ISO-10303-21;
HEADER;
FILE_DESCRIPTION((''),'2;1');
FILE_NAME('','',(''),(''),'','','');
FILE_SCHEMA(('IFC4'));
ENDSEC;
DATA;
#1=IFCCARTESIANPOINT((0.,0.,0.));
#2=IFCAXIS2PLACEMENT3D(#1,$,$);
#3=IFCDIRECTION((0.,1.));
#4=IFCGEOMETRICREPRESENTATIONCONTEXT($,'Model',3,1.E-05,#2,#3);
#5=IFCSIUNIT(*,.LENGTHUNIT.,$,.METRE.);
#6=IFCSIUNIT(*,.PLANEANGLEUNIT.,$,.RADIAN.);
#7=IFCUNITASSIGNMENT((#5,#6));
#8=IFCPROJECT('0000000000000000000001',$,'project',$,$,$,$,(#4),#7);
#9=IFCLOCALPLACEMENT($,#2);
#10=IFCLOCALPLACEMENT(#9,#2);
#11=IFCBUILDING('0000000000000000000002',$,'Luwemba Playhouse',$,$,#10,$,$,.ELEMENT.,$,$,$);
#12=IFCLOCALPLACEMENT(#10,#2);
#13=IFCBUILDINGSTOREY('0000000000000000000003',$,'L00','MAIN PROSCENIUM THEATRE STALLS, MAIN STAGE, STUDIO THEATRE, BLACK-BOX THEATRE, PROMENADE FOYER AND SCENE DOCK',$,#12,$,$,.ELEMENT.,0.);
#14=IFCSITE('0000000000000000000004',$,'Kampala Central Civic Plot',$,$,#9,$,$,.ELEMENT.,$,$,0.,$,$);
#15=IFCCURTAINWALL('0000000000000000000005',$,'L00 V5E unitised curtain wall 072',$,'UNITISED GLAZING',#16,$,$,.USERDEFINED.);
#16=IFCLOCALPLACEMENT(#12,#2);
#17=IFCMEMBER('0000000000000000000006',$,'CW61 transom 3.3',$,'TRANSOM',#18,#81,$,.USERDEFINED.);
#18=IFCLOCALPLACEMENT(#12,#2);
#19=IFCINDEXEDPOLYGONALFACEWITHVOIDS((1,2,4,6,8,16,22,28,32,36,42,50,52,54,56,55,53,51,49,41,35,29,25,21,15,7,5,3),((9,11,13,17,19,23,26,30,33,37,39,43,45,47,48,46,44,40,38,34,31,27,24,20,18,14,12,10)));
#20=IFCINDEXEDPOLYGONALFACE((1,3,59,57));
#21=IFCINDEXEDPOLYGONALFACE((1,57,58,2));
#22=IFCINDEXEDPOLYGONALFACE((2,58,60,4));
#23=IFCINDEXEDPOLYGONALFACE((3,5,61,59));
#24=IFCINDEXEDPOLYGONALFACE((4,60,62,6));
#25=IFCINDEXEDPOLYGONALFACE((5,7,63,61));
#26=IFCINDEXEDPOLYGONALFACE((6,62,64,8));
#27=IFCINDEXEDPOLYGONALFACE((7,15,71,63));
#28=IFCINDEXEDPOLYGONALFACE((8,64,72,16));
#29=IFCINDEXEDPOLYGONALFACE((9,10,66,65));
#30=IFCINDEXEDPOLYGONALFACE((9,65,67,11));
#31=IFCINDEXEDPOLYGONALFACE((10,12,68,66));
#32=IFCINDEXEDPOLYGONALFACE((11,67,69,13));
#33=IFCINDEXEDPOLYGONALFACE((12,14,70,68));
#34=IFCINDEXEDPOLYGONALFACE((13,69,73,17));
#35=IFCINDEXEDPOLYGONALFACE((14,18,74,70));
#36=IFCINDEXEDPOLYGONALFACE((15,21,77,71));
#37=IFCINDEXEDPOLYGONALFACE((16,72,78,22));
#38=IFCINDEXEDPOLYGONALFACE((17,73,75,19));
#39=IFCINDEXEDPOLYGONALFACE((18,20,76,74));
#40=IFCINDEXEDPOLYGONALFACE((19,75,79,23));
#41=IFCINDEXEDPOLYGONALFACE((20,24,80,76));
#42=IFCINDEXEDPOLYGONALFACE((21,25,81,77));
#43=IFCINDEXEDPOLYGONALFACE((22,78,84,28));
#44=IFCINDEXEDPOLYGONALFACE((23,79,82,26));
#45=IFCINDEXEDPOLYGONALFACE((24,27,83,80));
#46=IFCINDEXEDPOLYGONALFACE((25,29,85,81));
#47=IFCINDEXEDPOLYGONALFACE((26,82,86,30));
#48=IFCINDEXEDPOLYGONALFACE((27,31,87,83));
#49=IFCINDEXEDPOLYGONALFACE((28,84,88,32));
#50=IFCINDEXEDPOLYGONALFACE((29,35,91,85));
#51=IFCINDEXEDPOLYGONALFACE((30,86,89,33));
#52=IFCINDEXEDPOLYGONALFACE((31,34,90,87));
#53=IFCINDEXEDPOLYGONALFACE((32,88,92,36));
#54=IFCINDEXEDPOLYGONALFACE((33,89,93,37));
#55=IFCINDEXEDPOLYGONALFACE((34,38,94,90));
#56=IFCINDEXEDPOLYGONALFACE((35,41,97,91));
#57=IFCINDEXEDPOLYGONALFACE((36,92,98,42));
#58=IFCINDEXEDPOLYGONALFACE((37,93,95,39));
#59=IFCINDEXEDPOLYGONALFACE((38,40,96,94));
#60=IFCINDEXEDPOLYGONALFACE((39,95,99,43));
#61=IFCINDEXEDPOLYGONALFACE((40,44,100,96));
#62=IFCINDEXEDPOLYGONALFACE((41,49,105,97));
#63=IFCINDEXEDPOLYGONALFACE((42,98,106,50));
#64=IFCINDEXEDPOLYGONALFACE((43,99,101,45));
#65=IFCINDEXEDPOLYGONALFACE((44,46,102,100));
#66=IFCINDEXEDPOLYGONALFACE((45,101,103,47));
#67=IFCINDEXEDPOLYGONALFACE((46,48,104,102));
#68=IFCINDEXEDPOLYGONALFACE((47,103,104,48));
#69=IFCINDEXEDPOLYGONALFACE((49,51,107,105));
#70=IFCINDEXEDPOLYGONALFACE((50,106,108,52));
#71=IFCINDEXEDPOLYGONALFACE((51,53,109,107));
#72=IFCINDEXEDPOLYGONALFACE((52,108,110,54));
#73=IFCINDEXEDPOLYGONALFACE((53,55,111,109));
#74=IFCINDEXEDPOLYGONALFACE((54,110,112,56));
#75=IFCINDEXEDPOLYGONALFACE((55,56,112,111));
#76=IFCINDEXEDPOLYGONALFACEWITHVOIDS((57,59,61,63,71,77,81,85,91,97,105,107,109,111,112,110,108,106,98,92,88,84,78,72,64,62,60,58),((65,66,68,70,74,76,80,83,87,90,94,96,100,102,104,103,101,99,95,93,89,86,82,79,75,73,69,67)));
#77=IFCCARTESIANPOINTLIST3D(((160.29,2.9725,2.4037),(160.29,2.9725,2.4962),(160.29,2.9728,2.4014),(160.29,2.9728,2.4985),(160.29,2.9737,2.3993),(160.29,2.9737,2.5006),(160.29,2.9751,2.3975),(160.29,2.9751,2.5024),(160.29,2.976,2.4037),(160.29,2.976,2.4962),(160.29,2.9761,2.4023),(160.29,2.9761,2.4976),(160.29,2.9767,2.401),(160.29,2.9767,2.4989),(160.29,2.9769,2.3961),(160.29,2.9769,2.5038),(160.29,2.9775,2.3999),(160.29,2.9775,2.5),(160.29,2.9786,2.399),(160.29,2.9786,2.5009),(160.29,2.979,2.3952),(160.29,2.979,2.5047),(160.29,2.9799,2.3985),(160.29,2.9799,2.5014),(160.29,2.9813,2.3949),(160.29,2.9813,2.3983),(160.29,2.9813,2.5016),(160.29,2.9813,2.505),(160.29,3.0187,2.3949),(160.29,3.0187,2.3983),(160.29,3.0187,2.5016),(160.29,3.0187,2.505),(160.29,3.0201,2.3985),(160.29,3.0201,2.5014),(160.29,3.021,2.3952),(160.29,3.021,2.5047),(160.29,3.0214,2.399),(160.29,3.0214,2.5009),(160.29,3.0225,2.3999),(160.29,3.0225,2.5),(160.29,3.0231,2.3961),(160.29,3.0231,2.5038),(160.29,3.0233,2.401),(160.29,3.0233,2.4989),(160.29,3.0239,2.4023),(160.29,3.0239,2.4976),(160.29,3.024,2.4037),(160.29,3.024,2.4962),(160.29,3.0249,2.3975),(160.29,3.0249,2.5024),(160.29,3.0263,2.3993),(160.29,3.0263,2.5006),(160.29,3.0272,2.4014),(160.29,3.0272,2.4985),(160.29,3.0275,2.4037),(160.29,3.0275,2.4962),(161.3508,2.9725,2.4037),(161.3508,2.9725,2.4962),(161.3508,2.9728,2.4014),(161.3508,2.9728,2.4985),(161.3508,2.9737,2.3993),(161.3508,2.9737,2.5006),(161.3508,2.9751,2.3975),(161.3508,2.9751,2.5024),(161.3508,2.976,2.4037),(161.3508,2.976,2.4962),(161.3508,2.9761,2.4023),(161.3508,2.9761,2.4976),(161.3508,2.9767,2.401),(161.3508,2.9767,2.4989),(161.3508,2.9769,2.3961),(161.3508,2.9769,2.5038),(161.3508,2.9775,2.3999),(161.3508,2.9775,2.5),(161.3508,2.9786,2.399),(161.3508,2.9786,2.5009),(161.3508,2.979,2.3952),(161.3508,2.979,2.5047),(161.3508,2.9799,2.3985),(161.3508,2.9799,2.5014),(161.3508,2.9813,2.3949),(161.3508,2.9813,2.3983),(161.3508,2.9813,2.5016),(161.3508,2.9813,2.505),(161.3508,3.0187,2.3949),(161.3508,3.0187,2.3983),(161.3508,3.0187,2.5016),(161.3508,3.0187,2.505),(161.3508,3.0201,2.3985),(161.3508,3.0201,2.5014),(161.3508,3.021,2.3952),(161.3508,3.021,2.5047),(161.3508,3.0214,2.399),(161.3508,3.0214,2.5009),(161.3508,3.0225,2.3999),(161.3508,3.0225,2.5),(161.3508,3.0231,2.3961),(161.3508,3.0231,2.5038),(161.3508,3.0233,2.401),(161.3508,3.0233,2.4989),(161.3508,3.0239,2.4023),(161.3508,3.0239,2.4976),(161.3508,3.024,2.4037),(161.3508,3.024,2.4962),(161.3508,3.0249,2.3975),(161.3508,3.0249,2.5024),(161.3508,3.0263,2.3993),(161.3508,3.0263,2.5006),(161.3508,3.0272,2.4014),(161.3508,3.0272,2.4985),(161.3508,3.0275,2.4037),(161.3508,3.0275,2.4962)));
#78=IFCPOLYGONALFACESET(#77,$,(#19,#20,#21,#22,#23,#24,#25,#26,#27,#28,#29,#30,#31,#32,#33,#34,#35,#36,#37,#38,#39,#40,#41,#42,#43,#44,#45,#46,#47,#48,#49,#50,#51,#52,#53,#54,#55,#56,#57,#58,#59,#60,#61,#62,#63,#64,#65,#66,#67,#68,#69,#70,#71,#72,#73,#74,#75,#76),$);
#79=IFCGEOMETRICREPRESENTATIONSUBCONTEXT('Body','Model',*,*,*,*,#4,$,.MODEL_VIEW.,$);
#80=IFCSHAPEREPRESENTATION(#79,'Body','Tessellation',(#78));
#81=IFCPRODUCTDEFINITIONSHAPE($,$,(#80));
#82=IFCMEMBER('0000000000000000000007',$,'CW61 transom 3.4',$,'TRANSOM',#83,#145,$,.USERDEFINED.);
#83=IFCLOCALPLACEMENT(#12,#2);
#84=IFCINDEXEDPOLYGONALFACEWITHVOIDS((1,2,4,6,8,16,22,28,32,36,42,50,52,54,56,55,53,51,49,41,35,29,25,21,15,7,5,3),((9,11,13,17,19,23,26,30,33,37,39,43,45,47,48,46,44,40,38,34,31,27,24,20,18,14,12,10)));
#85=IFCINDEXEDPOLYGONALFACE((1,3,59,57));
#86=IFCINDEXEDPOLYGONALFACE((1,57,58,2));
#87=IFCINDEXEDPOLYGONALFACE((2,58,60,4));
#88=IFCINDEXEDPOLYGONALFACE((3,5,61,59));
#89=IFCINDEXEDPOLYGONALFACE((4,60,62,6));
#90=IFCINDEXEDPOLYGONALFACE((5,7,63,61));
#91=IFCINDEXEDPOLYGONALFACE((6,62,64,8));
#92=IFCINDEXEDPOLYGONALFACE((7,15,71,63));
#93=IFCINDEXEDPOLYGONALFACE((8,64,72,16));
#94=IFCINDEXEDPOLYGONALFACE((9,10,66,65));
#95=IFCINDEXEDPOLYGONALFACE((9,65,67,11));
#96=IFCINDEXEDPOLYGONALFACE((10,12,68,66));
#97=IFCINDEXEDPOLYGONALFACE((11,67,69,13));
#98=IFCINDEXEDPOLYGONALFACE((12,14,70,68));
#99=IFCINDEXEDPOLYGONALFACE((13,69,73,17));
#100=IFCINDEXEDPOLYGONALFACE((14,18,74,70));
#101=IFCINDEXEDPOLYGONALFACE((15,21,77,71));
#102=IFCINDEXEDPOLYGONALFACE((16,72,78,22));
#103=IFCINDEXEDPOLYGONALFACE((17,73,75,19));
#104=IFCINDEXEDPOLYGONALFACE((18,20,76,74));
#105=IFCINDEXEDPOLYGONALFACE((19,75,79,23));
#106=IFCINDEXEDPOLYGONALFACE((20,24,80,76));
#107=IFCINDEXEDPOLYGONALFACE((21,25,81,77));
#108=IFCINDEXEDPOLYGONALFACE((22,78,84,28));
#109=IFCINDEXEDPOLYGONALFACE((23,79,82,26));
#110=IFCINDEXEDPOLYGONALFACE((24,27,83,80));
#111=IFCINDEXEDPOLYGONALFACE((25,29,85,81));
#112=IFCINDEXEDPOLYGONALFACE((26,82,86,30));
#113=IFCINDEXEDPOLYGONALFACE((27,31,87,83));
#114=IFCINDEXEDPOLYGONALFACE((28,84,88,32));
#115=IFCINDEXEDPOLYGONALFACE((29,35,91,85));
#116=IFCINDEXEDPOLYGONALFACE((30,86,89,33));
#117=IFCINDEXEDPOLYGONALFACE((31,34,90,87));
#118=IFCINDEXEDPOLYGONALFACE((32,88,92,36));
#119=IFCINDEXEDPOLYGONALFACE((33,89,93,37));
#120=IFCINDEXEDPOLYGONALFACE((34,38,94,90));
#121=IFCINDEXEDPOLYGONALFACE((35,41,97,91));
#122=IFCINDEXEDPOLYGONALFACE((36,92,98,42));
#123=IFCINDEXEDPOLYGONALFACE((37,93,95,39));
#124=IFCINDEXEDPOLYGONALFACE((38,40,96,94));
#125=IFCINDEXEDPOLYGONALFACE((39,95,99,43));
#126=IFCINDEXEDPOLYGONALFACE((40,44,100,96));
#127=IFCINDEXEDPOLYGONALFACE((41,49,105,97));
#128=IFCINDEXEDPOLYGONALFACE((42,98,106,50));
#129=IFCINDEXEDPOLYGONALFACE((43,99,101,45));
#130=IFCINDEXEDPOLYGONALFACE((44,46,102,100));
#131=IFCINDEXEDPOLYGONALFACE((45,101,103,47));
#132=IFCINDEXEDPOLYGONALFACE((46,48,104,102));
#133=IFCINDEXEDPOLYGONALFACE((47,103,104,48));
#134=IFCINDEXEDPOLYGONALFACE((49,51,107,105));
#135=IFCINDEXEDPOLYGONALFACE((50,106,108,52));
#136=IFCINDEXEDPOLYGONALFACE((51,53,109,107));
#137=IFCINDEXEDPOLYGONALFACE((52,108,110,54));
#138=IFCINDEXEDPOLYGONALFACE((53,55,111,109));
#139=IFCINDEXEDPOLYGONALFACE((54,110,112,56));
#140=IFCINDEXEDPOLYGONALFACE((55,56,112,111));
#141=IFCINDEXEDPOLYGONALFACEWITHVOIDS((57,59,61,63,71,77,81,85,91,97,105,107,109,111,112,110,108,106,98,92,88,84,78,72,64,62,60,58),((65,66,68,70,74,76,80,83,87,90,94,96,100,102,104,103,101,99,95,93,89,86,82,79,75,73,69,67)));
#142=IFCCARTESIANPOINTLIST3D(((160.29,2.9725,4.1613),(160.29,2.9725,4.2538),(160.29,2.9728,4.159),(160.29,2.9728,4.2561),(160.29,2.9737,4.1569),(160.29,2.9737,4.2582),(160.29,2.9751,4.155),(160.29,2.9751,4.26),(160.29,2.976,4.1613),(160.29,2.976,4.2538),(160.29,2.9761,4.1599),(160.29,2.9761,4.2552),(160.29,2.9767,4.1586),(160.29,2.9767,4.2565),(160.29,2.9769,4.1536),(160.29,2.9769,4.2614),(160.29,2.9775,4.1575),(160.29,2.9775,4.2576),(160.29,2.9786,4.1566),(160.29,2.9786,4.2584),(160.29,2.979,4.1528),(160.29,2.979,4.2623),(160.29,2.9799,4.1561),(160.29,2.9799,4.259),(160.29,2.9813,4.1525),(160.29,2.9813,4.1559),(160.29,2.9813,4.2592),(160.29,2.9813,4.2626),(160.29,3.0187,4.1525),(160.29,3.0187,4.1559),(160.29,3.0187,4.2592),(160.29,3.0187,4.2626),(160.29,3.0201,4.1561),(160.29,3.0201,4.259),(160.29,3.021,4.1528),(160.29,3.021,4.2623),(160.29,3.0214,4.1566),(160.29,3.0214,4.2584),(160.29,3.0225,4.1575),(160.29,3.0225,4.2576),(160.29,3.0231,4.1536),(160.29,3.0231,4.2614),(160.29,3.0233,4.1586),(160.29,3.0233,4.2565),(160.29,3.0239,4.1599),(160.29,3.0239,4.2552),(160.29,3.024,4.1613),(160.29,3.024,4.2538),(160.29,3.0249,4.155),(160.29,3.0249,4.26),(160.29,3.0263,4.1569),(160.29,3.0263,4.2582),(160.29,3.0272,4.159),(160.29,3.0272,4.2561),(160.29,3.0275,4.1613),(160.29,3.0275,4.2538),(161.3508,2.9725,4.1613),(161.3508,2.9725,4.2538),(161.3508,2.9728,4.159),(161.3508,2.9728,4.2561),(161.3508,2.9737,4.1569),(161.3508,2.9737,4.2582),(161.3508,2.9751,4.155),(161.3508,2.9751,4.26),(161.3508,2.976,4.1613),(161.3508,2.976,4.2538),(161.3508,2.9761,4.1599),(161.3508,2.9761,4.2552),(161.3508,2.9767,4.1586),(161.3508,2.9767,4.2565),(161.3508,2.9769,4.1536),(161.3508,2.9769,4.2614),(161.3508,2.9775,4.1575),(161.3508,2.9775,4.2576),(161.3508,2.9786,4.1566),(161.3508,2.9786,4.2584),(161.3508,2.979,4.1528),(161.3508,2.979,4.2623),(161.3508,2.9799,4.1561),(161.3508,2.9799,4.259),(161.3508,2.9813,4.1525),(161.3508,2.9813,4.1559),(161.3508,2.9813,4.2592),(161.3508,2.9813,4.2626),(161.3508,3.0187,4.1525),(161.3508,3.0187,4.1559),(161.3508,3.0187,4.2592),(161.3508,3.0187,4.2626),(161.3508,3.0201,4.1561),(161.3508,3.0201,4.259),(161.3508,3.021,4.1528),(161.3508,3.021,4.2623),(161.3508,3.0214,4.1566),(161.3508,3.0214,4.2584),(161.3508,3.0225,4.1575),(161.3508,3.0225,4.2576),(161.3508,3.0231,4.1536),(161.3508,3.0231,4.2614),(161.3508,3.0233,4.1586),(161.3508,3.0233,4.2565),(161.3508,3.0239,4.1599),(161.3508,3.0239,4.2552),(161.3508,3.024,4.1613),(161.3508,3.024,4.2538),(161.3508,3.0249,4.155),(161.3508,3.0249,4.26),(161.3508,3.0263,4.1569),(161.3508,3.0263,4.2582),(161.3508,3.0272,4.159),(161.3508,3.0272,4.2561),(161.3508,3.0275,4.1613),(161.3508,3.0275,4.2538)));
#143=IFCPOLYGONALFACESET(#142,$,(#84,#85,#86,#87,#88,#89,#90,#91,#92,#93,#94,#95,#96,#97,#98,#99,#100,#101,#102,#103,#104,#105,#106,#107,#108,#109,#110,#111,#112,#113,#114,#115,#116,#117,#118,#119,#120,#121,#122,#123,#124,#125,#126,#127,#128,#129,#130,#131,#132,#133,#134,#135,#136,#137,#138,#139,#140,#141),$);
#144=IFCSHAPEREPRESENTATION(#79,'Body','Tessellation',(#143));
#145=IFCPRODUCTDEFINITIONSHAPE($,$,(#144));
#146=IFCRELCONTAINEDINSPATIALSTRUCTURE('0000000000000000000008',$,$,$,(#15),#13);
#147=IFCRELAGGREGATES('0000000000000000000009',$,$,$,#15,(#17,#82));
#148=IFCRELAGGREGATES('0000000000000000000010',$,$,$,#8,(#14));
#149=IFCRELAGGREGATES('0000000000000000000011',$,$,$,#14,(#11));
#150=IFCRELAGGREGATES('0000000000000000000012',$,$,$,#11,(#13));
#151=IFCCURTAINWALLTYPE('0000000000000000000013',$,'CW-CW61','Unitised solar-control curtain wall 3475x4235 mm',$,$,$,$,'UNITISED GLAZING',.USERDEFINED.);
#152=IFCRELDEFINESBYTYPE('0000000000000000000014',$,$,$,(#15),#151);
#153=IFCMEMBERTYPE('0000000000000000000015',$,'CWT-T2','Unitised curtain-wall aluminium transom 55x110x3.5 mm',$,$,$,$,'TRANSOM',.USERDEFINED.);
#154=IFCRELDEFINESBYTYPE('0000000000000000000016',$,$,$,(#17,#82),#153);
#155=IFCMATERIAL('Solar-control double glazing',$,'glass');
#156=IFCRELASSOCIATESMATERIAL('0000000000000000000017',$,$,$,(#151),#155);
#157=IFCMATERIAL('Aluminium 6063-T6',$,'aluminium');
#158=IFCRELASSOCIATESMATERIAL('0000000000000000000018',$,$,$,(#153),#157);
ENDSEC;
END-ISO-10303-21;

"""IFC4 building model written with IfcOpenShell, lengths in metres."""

from ifc_helpers import new_model, si_unit, direction, frame, origin, origin_2d, place, context, subcontext, project, spatial, hollow_rectangle, extrude, material, material_profile, profile_set, type_object, element, aggregate, save


model = new_model("IFC4")

# Units and contexts
model_context = context("Model", 3, precision=1e-05, world=origin(), true_north=direction((0.0, 1.0)))
body_context = subcontext(model_context, "Body", "Model", "MODEL_VIEW")
ifc_project = project(units=[si_unit("LENGTHUNIT", "METRE"), si_unit("PLANEANGLEUNIT", "RADIAN")], contexts=[model_context])

# Site, building, storey
site_placement = place(None, origin())
site = spatial("IfcSite", under=ifc_project, at=site_placement, Name="Kampala Central Civic Plot", CompositionType="ELEMENT", RefElevation=0.0)
building_placement = place(site_placement, origin())
building = spatial("IfcBuilding", under=site, at=building_placement, Name="Luwemba Playhouse", CompositionType="ELEMENT")
storey_placement = place(building_placement, origin())
storey = spatial("IfcBuildingStorey", under=building, at=storey_placement, Name="L00", Description="MAIN PROSCENIUM THEATRE STALLS, MAIN STAGE, STUDIO THEATRE, BLACK-BOX THEATRE, PROMENADE FOYER AND SCENE DOCK", CompositionType="ELEMENT", Elevation=0.0)

# Curtain wall
ifc_material_1 = material(Name="Solar-control double glazing", Category="glass")
curtain_wall_type_1 = type_object("IfcCurtainWallType", Name="CW-CW61", Description="Unitised solar-control curtain wall 3475x4235 mm", ElementType="UNITISED GLAZING", PredefinedType="USERDEFINED", material=ifc_material_1)
curtain_wall_1_placement = place(storey_placement, origin())
curtain_wall_1 = element("IfcCurtainWall", 1, at=curtain_wall_1_placement, inside=storey, type_object=curtain_wall_type_1, Name="L00 V5E unitised curtain wall 072", ObjectType="UNITISED GLAZING", PredefinedType="USERDEFINED")
ifc_material_2 = material(Name="Aluminium 6063-T6", Category="aluminium")

# Members
ifc_material_profile_1 = material_profile(ifc_material_2, hollow_rectangle(XDim=0.0549, YDim=0.1101, WallThickness=0.0034, InnerFilletRadius=0.0054, OuterFilletRadius=0.0088, at=origin_2d()))
ifc_profile_set_1 = profile_set([ifc_material_profile_1], Name="Aluminium 6063-T6")
member_type_1 = type_object("IfcMemberType", Name="CWT-T2", Description="Unitised curtain-wall aluminium transom 55x110x3.5 mm", ElementType="TRANSOM", PredefinedType="USERDEFINED", material=ifc_profile_set_1)
member_1_placement = place(storey_placement, frame((161.3508, 3.0, 2.45), z_axis=(-1.0, 0.0, 0.0), x_axis=(0.0, -1.0, 0.0)))
member_1 = element("IfcMember", 2, at=member_1_placement, type_object=member_type_1, Name="CW61 transom 3.3", ObjectType="TRANSOM", PredefinedType="USERDEFINED", context=body_context, shape_type="SweptSolid", body=[
    extrude(hollow_rectangle(XDim=0.0549, YDim=0.1101, WallThickness=0.0034, InnerFilletRadius=0.0054, OuterFilletRadius=0.0088, at=origin_2d()), origin(), (0.0, 0.0, 1.0), 1.0608),
])
member_2_placement = place(storey_placement, frame((161.3508, 3.0, 4.2075), z_axis=(-1.0, 0.0, 0.0), x_axis=(0.0, -1.0, 0.0)))
member_2 = element("IfcMember", 3, at=member_2_placement, type_object=member_type_1, Name="CW61 transom 3.4", ObjectType="TRANSOM", PredefinedType="USERDEFINED", context=body_context, shape_type="SweptSolid", body=[
    extrude(hollow_rectangle(XDim=0.0549, YDim=0.1101, WallThickness=0.0034, InnerFilletRadius=0.0054, OuterFilletRadius=0.0088, at=origin_2d()), origin(), (0.0, 0.0, 1.0), 1.0608),
])

aggregate(curtain_wall_1, [member_1, member_2])

save(model, "model.ifc")
